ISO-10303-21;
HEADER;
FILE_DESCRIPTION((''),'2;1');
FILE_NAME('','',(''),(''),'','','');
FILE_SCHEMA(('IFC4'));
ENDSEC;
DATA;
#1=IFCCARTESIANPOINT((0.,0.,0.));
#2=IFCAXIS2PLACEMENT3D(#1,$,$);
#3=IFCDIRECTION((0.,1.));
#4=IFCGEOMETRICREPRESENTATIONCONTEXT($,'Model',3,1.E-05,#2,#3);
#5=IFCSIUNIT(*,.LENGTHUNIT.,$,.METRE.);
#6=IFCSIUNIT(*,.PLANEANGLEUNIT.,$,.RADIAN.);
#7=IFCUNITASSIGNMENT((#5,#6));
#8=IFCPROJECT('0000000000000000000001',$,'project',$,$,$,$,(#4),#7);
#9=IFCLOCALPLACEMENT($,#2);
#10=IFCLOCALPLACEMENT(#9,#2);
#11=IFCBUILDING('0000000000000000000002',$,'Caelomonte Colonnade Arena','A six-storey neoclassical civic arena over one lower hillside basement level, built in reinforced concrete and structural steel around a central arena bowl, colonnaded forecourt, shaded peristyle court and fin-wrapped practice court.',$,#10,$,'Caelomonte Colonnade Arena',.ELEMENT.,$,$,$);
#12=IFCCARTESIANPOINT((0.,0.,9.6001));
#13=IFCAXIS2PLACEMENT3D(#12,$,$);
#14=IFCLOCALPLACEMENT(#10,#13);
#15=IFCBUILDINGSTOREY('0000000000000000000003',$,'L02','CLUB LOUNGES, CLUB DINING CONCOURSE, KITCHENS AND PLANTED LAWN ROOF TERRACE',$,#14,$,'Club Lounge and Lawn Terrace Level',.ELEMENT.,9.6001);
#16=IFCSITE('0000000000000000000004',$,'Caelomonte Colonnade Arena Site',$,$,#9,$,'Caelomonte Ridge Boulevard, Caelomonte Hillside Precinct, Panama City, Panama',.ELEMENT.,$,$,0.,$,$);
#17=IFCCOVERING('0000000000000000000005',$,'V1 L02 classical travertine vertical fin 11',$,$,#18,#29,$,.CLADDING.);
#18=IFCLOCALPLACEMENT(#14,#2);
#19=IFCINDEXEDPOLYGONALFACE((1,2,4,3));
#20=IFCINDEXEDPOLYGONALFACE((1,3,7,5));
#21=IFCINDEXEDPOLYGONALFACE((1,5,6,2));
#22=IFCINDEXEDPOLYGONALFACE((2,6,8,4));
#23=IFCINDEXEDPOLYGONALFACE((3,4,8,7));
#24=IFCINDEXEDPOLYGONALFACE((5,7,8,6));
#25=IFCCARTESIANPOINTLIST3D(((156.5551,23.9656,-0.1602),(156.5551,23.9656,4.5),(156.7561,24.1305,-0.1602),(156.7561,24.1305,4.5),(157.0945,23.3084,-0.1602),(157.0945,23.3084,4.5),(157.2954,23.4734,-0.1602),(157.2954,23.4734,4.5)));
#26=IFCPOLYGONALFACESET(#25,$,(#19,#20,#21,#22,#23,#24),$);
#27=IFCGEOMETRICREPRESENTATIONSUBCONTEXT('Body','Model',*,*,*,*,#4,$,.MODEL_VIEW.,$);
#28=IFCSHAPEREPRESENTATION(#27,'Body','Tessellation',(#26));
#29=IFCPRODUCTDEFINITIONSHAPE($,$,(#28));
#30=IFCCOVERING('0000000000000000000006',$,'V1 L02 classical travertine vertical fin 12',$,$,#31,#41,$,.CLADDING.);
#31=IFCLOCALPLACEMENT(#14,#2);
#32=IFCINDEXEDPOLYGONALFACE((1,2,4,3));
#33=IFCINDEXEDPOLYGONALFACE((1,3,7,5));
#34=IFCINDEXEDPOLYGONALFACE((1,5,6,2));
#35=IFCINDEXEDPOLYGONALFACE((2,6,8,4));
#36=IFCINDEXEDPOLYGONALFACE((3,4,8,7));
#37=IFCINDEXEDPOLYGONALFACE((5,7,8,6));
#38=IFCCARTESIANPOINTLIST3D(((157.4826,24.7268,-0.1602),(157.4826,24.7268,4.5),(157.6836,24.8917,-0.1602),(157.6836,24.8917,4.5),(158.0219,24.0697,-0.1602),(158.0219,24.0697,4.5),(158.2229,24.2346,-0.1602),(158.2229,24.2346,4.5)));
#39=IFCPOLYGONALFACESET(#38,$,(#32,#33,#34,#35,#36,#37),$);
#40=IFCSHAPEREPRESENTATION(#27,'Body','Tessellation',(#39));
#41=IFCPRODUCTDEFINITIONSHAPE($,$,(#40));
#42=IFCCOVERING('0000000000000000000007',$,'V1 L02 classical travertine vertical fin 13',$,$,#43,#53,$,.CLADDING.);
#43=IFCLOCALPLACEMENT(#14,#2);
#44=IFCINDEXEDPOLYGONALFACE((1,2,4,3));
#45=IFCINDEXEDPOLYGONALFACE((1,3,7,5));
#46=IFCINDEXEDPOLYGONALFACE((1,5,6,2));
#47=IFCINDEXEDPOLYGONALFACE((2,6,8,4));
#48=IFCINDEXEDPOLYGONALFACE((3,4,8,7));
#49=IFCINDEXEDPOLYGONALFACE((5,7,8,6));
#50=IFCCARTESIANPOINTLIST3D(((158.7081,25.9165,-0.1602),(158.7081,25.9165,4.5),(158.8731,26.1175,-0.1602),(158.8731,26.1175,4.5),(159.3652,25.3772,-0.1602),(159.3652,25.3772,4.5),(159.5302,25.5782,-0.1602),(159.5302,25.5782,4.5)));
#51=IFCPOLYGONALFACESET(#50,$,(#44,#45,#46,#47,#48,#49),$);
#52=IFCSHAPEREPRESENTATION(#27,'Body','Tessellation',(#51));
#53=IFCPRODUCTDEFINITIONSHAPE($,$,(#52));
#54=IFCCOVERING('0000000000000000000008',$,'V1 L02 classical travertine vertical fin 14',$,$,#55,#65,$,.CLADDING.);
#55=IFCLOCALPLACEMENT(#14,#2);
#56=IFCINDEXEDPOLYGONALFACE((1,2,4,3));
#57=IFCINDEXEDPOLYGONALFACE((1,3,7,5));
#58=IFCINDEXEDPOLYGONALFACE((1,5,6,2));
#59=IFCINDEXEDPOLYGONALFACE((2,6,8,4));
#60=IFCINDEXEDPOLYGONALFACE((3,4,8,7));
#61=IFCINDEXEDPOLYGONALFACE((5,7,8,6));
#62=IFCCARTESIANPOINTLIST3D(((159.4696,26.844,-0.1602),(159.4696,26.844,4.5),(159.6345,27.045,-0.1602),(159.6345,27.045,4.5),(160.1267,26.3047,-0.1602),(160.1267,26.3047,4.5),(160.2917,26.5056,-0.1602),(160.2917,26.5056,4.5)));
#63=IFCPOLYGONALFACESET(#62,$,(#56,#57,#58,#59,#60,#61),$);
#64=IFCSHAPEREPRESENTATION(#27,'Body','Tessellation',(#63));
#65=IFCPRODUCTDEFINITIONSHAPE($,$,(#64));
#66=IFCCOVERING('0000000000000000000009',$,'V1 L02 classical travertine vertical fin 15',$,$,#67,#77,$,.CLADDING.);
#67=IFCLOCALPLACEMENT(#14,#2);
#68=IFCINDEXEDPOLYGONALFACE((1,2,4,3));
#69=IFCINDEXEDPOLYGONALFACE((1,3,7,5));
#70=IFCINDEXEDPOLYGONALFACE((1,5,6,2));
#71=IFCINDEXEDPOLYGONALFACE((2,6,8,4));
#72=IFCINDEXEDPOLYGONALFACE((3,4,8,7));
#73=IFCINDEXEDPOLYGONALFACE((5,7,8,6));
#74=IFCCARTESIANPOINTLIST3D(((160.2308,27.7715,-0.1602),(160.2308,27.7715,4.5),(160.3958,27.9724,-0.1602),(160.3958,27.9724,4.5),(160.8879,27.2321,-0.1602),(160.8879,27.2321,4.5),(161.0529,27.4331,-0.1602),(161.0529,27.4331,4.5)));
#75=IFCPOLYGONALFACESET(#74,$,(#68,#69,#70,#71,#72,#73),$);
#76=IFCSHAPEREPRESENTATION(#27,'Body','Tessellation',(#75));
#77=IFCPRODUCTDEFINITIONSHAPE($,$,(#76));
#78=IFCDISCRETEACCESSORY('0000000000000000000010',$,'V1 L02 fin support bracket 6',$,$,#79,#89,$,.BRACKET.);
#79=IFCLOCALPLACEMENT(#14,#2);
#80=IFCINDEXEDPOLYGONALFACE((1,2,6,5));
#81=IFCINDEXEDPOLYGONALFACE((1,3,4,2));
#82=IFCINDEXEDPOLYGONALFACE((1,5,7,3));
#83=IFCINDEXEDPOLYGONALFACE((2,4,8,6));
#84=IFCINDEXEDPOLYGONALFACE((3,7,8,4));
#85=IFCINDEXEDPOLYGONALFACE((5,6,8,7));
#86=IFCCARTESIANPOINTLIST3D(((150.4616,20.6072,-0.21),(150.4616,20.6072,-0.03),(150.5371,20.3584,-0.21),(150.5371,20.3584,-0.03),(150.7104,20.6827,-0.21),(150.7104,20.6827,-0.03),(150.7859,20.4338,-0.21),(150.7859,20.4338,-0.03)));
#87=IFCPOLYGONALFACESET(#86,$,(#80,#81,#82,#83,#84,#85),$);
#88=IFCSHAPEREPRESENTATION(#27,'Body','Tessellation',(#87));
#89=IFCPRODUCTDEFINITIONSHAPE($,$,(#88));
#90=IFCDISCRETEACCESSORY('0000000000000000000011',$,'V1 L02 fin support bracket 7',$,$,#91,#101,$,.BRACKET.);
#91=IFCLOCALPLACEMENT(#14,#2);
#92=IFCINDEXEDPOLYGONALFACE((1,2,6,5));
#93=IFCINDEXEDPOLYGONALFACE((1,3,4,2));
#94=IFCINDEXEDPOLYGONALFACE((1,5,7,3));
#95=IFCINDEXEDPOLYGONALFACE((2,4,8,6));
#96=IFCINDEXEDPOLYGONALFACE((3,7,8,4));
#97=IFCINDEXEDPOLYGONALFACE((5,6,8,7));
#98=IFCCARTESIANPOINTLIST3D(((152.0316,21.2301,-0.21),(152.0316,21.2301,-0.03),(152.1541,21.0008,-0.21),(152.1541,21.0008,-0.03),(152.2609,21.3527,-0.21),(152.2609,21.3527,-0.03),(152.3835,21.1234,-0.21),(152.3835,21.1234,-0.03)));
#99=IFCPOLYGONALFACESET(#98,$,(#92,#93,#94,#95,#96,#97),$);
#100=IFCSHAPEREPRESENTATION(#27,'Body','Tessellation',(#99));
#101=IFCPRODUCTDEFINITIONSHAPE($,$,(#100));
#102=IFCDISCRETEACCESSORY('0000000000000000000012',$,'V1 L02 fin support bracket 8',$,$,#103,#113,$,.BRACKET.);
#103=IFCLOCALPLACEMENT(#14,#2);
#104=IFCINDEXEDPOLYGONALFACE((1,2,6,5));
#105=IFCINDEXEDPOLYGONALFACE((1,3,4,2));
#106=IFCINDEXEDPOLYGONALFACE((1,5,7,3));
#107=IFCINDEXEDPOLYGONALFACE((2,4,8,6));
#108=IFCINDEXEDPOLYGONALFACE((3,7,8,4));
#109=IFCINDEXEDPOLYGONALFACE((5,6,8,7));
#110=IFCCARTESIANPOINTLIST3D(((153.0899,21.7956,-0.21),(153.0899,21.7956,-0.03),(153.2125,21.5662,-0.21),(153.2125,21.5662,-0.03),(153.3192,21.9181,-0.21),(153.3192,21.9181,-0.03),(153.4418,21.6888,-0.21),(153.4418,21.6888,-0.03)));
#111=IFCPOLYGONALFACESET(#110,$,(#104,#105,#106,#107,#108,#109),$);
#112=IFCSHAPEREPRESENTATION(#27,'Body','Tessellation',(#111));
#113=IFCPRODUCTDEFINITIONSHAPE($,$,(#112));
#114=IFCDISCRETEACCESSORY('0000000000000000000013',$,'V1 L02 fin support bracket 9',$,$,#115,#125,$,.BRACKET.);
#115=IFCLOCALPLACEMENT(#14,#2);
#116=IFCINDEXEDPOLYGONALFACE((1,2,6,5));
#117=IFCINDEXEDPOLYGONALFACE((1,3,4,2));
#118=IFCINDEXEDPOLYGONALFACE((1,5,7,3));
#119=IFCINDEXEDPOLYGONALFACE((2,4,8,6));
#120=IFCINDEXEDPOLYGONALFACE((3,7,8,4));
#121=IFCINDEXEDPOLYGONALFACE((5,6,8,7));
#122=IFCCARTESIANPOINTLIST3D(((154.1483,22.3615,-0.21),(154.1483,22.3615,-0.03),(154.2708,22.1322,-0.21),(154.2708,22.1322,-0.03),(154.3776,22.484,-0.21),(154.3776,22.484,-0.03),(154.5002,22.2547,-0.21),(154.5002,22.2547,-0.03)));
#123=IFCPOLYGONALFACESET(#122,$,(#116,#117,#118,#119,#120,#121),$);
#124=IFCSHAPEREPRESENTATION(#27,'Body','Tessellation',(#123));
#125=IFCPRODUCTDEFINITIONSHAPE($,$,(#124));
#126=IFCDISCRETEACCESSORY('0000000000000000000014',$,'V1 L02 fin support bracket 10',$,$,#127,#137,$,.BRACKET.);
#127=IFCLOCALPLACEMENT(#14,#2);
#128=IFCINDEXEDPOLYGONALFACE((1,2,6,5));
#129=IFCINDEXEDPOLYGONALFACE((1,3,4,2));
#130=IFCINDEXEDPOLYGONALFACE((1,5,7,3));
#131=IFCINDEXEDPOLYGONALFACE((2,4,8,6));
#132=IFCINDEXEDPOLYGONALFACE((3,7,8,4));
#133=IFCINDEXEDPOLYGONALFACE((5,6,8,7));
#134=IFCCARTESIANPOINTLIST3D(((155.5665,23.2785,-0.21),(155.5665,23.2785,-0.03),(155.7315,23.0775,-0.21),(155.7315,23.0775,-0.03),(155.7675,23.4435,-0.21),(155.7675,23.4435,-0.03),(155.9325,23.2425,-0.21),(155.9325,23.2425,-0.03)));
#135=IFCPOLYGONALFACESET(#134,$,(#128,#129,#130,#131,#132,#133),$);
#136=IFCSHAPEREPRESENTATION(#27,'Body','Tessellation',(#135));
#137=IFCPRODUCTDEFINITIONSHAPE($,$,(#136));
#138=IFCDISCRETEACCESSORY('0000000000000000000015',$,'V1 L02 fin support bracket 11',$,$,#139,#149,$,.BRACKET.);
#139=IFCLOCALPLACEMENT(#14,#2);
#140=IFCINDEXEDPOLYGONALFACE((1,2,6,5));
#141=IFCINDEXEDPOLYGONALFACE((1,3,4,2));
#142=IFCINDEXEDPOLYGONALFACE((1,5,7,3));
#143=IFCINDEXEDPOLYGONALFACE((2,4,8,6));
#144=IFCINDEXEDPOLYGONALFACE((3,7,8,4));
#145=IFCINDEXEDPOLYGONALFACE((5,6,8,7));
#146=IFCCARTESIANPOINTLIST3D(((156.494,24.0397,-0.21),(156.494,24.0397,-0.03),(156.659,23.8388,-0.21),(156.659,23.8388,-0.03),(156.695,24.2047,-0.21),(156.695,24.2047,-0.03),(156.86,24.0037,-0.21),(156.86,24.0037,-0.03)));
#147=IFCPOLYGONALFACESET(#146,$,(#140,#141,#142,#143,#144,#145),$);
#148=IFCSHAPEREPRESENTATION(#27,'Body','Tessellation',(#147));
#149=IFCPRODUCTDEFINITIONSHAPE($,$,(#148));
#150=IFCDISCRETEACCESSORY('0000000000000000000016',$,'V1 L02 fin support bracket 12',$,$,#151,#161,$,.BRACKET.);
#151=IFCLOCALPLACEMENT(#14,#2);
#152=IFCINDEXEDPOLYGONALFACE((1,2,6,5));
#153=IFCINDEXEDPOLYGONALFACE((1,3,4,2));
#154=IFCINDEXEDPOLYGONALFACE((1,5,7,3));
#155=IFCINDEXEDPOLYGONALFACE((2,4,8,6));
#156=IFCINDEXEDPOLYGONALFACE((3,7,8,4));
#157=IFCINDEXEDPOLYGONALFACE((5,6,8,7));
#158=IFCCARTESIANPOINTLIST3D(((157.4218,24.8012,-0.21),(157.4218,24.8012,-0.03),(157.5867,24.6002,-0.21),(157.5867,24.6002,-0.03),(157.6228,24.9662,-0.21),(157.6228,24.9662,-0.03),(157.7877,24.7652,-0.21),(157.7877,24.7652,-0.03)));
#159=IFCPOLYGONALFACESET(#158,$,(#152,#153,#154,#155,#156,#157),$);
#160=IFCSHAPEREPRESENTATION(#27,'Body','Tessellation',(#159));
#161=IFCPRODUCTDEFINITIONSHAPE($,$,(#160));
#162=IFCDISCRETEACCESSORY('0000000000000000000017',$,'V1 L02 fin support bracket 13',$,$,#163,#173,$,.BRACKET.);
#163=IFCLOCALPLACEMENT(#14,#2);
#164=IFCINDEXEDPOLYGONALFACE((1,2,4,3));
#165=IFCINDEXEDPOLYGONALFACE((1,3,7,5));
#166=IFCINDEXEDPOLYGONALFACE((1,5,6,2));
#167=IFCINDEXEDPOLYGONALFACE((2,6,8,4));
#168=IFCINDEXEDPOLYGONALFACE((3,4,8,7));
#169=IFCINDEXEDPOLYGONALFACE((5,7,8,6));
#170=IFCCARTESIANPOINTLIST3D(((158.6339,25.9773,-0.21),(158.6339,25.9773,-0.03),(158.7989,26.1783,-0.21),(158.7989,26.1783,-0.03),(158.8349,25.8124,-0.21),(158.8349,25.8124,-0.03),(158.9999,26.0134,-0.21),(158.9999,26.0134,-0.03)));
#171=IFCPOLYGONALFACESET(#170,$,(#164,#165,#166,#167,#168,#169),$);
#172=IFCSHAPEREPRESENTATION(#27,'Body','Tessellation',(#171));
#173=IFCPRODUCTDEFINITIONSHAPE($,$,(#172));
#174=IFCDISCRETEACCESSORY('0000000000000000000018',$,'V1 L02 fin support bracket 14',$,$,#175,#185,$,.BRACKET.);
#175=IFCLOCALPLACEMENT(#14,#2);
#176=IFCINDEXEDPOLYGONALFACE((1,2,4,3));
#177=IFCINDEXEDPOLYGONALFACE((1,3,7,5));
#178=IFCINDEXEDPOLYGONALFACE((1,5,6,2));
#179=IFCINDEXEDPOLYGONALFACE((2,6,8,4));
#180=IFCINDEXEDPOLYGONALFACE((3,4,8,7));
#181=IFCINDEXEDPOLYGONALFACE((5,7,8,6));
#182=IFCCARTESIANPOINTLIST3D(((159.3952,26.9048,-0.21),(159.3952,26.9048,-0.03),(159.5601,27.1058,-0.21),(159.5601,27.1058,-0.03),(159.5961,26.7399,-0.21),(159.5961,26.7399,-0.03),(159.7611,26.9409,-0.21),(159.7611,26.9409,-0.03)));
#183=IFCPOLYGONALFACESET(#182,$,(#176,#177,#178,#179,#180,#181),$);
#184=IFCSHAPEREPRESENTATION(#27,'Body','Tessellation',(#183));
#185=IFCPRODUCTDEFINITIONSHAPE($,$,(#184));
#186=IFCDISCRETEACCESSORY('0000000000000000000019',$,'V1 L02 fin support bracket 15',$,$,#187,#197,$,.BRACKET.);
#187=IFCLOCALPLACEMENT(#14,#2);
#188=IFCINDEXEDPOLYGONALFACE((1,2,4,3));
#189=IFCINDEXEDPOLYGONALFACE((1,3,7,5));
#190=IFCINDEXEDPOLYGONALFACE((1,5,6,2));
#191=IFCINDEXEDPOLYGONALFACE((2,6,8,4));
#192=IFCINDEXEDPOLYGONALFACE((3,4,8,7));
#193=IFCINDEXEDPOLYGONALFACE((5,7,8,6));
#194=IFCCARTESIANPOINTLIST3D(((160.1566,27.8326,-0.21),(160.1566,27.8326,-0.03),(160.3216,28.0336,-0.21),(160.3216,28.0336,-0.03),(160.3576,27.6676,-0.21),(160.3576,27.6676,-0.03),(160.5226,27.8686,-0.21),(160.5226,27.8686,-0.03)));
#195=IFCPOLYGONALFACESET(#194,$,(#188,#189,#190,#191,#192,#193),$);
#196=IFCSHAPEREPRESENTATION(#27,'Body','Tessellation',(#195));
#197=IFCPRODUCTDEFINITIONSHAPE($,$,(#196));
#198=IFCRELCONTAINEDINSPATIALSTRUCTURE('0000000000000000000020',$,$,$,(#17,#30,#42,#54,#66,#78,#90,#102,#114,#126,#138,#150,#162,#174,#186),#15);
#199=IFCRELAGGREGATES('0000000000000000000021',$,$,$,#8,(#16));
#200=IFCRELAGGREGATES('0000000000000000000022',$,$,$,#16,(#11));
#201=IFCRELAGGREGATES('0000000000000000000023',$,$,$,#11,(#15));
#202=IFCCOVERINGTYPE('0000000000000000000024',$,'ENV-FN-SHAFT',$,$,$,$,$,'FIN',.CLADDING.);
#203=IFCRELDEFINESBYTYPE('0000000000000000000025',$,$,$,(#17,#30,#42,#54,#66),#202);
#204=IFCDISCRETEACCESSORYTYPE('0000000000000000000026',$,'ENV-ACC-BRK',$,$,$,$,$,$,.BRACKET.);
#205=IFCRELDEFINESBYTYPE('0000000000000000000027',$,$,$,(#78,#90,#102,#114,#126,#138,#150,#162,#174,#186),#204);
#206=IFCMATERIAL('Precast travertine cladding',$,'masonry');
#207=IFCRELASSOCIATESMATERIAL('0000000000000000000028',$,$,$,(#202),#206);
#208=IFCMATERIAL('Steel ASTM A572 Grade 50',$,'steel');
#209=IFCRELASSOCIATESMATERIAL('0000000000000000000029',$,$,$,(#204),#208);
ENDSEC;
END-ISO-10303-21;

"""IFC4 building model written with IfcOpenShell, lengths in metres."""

from ifc_helpers import new_model, si_unit, direction, frame, origin, origin_2d, place, context, subcontext, project, spatial, rectangle, extrude, material, material_profile, profile_set, type_object, element, save


model = new_model("IFC4")

# Units and contexts
model_context = context("Model", 3, precision=1e-05, world=origin(), true_north=direction((0.0, 1.0)))
body_context = subcontext(model_context, "Body", "Model", "MODEL_VIEW")
ifc_project = project(units=[si_unit("LENGTHUNIT", "METRE"), si_unit("PLANEANGLEUNIT", "RADIAN")], contexts=[model_context])

# Site, building, storey
site_placement = place(None, origin())
site = spatial("IfcSite", under=ifc_project, at=site_placement, Name="Caelomonte Colonnade Arena Site", LongName="Caelomonte Ridge Boulevard, Caelomonte Hillside Precinct, Panama City, Panama", CompositionType="ELEMENT", RefElevation=0.0)
building_placement = place(site_placement, origin())
building = spatial("IfcBuilding", under=site, at=building_placement, Name="Caelomonte Colonnade Arena", Description="A six-storey neoclassical civic arena over one lower hillside basement level, built in reinforced concrete and structural steel around a central arena bowl, colonnaded forecourt, shaded peristyle court and fin-wrapped practice court.", LongName="Caelomonte Colonnade Arena", CompositionType="ELEMENT")
storey_placement = place(building_placement, frame((0.0, 0.0, 9.6001)))
storey = spatial("IfcBuildingStorey", under=building, at=storey_placement, Name="L02", Description="CLUB LOUNGES, CLUB DINING CONCOURSE, KITCHENS AND PLANTED LAWN ROOF TERRACE", LongName="Club Lounge and Lawn Terrace Level", CompositionType="ELEMENT", Elevation=9.6001)

# Coverings
ifc_material_1 = material(Name="Precast travertine cladding", Category="masonry")
ifc_material_profile_1 = material_profile(ifc_material_1, rectangle(XDim=0.26, YDim=0.8501, at=origin_2d()), Name="FIN260X850")
ifc_profile_set_1 = profile_set([ifc_material_profile_1], Name="Precast travertine cladding")
covering_type = type_object("IfcCoveringType", Name="ENV-FN-SHAFT", ElementType="FIN", PredefinedType="CLADDING", material=ifc_profile_set_1)
for number, where, z_axis, x_axis, name in (
    (1, (156.9253, 23.7195, -0.1602), (0.0, 0.0, 1.0), (-0.772994, -0.634414, 0.0), "V1 L02 classical travertine vertical fin 11"),
    (2, (157.8528, 24.4807, -0.1602), (0.0, 0.0, 1.0), (-0.772994, -0.634414, 0.0), "V1 L02 classical travertine vertical fin 12"),
    (3, (159.1191, 25.7473, -0.1602), (0.0, 0.0, 1.0), (-0.634414, -0.772994, 0.0), "V1 L02 classical travertine vertical fin 13"),
    (4, (159.8806, 26.6748, -0.1602), (0.0, 0.0, 1.0), (-0.634414, -0.772994, 0.0), "V1 L02 classical travertine vertical fin 14"),
    (5, (160.6418, 27.6023, -0.1602), (0.0, 0.0, 1.0), (-0.634414, -0.772994, 0.0), "V1 L02 classical travertine vertical fin 15"),
):
    element("IfcCovering", number, at=place(storey_placement, frame(where, z_axis=z_axis, x_axis=x_axis)), inside=storey, type_object=covering_type, Name=name, PredefinedType="CLADDING", context=body_context, shape_type="SweptSolid", body=[
        extrude(rectangle(XDim=0.26, YDim=0.8501, at=origin_2d()), origin(), (0.0, 0.0, 1.0), 4.6602),
    ])

# Discrete accessories
ifc_material_2 = material(Name="Steel ASTM A572 Grade 50", Category="steel")
discrete_accessory_type = type_object("IfcDiscreteAccessoryType", Name="ENV-ACC-BRK", PredefinedType="BRACKET", material=ifc_material_2)
for number, where, z_axis, x_axis, name in (
    (6, (150.6238, 20.5205, -0.21), (0.0, 0.0, 1.0), (0.956943, 0.290276, 0.0), "V1 L02 fin support bracket 6"),
    (7, (152.2075, 21.1768, -0.21), (0.0, 0.0, 1.0), (0.881921, 0.471397, 0.0), "V1 L02 fin support bracket 7"),
    (8, (153.2659, 21.7422, -0.21), (0.0, 0.0, 1.0), (0.881921, 0.471397, 0.0), "V1 L02 fin support bracket 8"),
    (9, (154.3242, 22.3081, -0.21), (0.0, 0.0, 1.0), (0.881921, 0.471397, 0.0), "V1 L02 fin support bracket 9"),
    (10, (155.7495, 23.2605, -0.21), (0.0, 0.0, 1.0), (0.772994, 0.634414, 0.0), "V1 L02 fin support bracket 10"),
    (11, (156.677, 24.0217, -0.21), (0.0, 0.0, 1.0), (0.772994, 0.634414, 0.0), "V1 L02 fin support bracket 11"),
    (12, (157.6047, 24.7832, -0.21), (0.0, 0.0, 1.0), (0.772994, 0.634414, 0.0), "V1 L02 fin support bracket 12"),
    (13, (158.8169, 25.9954, -0.21), (0.0, 0.0, 1.0), (0.634414, 0.772994, 0.0), "V1 L02 fin support bracket 13"),
    (14, (159.5781, 26.9229, -0.21), (0.0, 0.0, 1.0), (0.634414, 0.772994, 0.0), "V1 L02 fin support bracket 14"),
    (15, (160.3396, 27.8506, -0.21), (0.0, 0.0, 1.0), (0.634414, 0.772994, 0.0), "V1 L02 fin support bracket 15"),
):
    element("IfcDiscreteAccessory", number, at=place(storey_placement, frame(where, z_axis=z_axis, x_axis=x_axis)), inside=storey, type_object=discrete_accessory_type, Name=name, PredefinedType="BRACKET", context=body_context, shape_type="SweptSolid", body=[
        extrude(rectangle(XDim=0.26, YDim=0.26, at=origin_2d()), origin(), (0.0, 0.0, 1.0), 0.1799),
    ])

save(model, "model.ifc")
